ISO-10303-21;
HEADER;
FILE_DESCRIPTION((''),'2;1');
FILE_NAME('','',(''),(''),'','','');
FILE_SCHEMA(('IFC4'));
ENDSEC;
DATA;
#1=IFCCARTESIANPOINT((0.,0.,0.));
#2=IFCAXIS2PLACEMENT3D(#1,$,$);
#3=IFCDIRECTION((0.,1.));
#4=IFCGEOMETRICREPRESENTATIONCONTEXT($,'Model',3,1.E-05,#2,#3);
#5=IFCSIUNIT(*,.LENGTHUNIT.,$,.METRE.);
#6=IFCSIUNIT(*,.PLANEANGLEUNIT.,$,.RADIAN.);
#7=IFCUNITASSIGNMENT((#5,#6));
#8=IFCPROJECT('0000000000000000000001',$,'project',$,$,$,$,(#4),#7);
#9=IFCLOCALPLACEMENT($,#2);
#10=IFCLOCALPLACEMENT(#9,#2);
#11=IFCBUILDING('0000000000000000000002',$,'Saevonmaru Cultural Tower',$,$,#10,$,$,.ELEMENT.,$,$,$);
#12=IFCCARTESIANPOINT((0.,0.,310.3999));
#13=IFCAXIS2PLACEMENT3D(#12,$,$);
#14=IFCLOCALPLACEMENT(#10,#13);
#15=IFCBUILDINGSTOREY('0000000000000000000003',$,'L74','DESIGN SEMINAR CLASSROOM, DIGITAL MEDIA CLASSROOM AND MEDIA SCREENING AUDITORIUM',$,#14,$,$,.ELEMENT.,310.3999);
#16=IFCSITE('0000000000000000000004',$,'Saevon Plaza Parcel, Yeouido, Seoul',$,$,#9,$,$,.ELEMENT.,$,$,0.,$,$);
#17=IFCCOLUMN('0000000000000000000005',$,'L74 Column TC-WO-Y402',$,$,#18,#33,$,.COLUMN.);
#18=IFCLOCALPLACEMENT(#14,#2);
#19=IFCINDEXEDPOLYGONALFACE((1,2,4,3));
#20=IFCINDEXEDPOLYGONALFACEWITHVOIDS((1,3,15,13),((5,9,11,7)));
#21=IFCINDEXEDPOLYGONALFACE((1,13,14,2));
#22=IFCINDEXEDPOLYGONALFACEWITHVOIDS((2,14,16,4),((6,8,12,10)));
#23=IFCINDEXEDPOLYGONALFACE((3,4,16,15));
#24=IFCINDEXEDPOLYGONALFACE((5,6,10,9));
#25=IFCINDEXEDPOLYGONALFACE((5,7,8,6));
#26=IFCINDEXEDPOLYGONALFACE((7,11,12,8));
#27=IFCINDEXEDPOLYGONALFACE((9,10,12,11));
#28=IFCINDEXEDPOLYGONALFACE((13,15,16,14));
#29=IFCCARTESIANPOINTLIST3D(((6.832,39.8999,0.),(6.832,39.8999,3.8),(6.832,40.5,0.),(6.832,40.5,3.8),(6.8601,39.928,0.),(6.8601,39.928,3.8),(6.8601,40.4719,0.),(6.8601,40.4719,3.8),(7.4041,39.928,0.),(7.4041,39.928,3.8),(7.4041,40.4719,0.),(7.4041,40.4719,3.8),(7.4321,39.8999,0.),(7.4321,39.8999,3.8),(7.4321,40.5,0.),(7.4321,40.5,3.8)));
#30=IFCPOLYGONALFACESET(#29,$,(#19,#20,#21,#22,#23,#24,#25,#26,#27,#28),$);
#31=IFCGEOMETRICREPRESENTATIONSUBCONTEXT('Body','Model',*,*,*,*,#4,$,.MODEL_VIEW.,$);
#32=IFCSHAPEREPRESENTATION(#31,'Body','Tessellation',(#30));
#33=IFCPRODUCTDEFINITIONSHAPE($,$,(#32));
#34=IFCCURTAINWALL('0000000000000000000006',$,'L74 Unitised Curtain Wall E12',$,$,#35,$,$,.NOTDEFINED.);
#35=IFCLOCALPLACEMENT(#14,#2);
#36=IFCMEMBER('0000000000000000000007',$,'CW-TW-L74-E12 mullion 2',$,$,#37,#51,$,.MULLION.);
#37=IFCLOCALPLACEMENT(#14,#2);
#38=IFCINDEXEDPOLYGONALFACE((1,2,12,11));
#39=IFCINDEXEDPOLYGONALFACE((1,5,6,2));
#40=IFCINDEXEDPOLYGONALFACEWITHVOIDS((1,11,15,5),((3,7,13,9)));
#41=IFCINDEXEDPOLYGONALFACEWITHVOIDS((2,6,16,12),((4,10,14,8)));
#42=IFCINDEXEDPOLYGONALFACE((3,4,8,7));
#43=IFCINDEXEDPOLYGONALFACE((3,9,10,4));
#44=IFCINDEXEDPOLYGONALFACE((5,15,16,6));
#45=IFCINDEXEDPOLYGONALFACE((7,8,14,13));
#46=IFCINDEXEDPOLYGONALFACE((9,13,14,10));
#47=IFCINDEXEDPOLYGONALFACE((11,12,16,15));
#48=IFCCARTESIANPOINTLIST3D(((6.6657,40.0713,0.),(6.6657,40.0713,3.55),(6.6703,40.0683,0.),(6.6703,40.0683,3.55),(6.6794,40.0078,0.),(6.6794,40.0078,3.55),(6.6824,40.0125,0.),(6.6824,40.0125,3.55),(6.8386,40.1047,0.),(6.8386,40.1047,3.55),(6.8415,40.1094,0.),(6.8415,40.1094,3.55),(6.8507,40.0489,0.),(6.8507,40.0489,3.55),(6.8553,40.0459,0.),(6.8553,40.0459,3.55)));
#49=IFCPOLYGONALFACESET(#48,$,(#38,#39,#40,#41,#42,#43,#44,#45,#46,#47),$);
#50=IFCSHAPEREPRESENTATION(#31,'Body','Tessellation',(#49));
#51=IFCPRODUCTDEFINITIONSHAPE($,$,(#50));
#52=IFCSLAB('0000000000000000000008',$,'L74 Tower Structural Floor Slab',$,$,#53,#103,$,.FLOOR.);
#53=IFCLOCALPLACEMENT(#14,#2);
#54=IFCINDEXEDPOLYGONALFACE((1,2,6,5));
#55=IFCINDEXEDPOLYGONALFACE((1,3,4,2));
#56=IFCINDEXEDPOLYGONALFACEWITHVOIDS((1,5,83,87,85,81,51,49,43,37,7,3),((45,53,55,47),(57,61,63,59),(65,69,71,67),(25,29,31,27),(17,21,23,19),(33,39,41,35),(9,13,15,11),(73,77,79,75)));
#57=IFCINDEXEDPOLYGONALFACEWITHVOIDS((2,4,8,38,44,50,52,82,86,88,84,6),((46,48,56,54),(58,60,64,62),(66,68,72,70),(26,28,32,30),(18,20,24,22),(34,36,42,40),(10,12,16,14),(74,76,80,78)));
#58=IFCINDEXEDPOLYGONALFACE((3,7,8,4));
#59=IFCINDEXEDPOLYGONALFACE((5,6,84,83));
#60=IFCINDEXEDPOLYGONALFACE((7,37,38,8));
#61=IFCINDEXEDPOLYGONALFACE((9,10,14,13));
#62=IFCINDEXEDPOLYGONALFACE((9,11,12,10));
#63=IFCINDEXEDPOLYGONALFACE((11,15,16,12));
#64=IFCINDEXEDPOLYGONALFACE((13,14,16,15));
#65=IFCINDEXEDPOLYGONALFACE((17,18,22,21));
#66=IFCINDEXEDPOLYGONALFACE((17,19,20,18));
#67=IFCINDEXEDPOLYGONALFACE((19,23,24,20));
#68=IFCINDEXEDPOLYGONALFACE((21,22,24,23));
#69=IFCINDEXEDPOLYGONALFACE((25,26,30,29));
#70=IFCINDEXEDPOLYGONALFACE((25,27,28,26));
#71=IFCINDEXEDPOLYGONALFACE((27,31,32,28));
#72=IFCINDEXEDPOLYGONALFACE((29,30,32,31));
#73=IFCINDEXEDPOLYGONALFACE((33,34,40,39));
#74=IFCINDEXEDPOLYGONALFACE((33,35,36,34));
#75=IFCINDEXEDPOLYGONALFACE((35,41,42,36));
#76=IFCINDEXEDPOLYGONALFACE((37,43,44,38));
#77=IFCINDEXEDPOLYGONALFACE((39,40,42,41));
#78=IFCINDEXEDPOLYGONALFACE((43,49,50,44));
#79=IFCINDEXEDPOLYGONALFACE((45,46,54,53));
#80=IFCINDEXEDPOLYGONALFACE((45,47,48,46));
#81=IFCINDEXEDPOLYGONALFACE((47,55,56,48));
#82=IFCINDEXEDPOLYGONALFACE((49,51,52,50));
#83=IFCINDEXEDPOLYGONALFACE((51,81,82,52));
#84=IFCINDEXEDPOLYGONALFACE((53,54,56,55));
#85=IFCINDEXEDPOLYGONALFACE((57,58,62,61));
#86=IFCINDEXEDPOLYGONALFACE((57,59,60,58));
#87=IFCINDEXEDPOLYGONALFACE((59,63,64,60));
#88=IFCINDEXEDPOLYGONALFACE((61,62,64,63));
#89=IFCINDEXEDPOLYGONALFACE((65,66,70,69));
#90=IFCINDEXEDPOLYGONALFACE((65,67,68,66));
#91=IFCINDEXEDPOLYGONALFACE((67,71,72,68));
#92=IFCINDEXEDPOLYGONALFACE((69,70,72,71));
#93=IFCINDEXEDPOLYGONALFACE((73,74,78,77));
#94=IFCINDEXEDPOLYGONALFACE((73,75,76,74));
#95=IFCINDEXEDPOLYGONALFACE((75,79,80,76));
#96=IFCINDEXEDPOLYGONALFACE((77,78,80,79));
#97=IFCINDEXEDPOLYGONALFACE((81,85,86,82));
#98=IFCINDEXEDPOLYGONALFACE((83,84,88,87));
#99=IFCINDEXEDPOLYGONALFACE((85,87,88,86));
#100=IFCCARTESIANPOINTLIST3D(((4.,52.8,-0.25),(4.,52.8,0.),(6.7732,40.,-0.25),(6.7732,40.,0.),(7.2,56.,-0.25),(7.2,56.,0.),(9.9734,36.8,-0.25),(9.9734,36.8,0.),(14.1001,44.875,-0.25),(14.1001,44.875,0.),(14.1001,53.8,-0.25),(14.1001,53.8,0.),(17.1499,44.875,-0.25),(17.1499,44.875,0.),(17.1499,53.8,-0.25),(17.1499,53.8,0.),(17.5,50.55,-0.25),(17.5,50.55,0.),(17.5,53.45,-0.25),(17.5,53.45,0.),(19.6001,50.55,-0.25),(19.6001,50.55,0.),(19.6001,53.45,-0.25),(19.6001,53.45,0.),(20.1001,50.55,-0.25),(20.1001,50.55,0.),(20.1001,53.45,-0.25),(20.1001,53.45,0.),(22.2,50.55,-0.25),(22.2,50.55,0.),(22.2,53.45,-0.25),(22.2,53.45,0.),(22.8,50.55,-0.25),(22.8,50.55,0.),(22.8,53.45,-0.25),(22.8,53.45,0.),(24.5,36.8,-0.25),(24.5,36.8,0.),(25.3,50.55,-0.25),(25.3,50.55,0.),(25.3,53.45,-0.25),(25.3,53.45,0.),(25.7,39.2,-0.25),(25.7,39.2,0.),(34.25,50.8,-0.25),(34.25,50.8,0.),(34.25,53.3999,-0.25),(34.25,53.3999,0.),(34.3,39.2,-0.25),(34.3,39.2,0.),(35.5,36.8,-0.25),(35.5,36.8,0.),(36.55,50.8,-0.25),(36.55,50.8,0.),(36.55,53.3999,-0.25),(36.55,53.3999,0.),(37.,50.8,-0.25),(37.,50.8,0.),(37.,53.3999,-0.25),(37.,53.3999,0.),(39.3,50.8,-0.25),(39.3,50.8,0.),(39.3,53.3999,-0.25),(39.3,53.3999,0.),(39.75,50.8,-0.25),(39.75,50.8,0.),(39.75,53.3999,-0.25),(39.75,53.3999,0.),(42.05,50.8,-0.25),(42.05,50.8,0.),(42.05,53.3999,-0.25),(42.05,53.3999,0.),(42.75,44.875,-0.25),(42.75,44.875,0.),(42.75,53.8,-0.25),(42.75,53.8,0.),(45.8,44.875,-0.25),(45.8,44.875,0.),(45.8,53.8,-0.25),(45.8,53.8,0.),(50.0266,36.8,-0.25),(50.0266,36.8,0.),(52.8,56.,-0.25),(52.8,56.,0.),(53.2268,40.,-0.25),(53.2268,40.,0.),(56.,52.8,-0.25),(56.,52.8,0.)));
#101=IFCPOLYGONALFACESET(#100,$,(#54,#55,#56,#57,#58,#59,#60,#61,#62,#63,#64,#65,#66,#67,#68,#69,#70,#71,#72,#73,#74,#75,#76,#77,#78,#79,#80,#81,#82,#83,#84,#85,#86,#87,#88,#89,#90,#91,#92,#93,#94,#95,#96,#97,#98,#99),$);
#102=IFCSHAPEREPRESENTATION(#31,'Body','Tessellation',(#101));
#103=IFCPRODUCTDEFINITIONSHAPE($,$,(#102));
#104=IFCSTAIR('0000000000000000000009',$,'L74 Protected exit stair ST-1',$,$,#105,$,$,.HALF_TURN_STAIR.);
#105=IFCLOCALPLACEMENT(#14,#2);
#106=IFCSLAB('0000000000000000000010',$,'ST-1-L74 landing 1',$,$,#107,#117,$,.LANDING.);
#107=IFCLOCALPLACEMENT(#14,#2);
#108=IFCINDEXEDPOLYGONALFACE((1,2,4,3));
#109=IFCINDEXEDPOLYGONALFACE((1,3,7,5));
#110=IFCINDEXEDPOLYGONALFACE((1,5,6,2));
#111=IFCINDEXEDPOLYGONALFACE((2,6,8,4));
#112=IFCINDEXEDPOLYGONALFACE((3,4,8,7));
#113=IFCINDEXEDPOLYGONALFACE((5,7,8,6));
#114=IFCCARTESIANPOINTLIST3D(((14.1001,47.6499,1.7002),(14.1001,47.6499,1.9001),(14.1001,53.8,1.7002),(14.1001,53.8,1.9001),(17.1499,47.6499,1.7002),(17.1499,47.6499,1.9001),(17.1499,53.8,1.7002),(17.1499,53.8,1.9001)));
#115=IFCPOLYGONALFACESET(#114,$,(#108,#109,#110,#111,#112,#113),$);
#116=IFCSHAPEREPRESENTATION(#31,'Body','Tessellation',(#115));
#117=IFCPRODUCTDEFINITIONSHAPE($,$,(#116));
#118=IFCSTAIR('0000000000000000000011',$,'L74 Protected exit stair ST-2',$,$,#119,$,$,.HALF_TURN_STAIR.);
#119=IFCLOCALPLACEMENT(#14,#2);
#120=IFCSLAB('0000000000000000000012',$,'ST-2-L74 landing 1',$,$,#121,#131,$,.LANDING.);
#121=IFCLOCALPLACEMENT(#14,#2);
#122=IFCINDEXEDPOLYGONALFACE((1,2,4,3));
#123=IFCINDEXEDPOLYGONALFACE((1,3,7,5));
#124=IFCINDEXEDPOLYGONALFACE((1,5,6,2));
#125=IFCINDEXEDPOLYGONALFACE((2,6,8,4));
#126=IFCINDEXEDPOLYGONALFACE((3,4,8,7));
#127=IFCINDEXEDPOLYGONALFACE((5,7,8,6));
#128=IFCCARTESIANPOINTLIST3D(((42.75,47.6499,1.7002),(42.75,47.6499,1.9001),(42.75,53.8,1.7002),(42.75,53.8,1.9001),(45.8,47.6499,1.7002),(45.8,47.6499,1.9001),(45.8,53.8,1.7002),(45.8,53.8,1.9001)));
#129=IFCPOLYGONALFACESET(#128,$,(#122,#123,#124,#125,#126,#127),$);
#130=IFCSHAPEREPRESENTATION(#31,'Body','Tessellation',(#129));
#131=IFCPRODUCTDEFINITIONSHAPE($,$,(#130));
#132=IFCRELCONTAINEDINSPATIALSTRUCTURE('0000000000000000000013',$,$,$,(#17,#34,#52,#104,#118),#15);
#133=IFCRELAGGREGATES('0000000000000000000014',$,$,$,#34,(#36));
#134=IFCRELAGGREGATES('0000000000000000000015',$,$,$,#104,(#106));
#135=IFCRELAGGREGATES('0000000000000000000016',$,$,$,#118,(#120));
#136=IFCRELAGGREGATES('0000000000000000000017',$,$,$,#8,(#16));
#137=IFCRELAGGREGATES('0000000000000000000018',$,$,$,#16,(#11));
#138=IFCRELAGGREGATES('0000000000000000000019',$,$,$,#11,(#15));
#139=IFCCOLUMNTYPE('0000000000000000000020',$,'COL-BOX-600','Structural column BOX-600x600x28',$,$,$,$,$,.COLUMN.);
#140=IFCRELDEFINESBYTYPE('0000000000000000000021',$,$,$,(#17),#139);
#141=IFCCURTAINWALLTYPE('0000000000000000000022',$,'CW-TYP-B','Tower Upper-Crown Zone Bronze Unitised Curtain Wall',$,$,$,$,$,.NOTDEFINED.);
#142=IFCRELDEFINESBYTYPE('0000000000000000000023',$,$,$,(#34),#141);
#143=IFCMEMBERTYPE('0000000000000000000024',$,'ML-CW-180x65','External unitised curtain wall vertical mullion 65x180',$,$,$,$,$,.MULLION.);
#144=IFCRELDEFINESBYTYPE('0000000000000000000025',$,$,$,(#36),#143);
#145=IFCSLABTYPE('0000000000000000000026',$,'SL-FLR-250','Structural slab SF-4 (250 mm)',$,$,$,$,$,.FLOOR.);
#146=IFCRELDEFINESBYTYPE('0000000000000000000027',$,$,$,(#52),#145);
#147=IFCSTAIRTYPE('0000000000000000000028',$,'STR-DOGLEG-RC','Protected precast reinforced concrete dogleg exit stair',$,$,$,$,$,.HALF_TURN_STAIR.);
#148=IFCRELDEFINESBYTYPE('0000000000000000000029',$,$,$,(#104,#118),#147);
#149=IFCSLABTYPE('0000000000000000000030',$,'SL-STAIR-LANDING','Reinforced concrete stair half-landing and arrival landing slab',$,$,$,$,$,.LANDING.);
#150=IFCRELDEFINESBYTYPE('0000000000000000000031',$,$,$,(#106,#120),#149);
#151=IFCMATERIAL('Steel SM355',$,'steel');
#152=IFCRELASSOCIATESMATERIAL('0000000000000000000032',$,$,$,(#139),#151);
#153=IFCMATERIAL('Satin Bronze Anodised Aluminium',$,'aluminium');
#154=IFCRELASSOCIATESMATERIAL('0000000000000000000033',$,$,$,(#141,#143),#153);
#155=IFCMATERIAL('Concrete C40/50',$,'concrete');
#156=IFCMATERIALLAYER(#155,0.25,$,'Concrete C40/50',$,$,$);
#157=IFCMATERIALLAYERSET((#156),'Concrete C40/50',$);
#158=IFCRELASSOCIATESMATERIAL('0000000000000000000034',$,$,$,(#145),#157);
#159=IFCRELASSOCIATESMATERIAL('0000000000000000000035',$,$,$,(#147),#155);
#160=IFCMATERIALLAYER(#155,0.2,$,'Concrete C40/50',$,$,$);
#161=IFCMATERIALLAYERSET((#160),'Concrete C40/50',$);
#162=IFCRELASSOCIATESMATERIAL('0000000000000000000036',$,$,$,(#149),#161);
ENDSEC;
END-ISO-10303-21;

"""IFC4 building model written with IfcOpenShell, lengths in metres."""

from ifc_helpers import new_model, si_unit, direction, frame, origin, origin_2d, place, context, subcontext, project, spatial, polyline, hollow_rectangle, outline, extrude, material, layer, layer_set, material_profile, profile_set, type_object, element, aggregate, save


model = new_model("IFC4")

# Units and contexts
model_context = context("Model", 3, precision=1e-05, world=origin(), true_north=direction((0.0, 1.0)))
body_context = subcontext(model_context, "Body", "Model", "MODEL_VIEW")
ifc_project = project(units=[si_unit("LENGTHUNIT", "METRE"), si_unit("PLANEANGLEUNIT", "RADIAN")], contexts=[model_context])

# Site, building, storey
site_placement = place(None, origin())
site = spatial("IfcSite", under=ifc_project, at=site_placement, Name="Saevon Plaza Parcel, Yeouido, Seoul", CompositionType="ELEMENT", RefElevation=0.0)
building_placement = place(site_placement, origin())
building = spatial("IfcBuilding", under=site, at=building_placement, Name="Saevonmaru Cultural Tower", CompositionType="ELEMENT")
storey_placement = place(building_placement, frame((0.0, 0.0, 310.3999)))
storey = spatial("IfcBuildingStorey", under=building, at=storey_placement, Name="L74", Description="DESIGN SEMINAR CLASSROOM, DIGITAL MEDIA CLASSROOM AND MEDIA SCREENING AUDITORIUM", CompositionType="ELEMENT", Elevation=310.3999)

# Column
ifc_material_1 = material(Name="Steel SM355", Category="steel")
ifc_material_profile_1 = material_profile(ifc_material_1, hollow_rectangle(XDim=0.6001, YDim=0.6001, WallThickness=0.0281, at=origin_2d()), Name="BOX-600x600x28")
ifc_profile_set_1 = profile_set([ifc_material_profile_1], Name="Steel SM355")
column_type = type_object("IfcColumnType", Name="COL-BOX-600", Description="Structural column BOX-600x600x28", PredefinedType="COLUMN", material=ifc_profile_set_1)
column_placement = place(storey_placement, frame((7.1321, 40.2, 0.0), z_axis=(0.0, 0.0, 1.0), x_axis=(1.0, 0.0, 0.0)))
element("IfcColumn", 1, at=column_placement, inside=storey, type_object=column_type, Name="L74 Column TC-WO-Y402", PredefinedType="COLUMN", context=body_context, shape_type="SweptSolid", body=[
    extrude(hollow_rectangle(XDim=0.6001, YDim=0.6001, WallThickness=0.0281, at=origin_2d()), origin(), (0.0, 0.0, 1.0), 3.8),
])

# Curtain wall, member
ifc_material_2 = material(Name="Satin Bronze Anodised Aluminium", Category="aluminium")
curtain_wall_type = type_object("IfcCurtainWallType", Name="CW-TYP-B", Description="Tower Upper-Crown Zone Bronze Unitised Curtain Wall", PredefinedType="NOTDEFINED", material=ifc_material_2)
curtain_wall_placement = place(storey_placement, origin())
curtain_wall = element("IfcCurtainWall", 2, at=curtain_wall_placement, inside=storey, type_object=curtain_wall_type, Name="L74 Unitised Curtain Wall E12", PredefinedType="NOTDEFINED")
ifc_material_profile_2 = material_profile(ifc_material_2, hollow_rectangle(XDim=0.0649, YDim=0.1799, WallThickness=0.0039, at=origin_2d()), Name="ALU-MULL-180x65x4")
ifc_profile_set_2 = profile_set([ifc_material_profile_2], Name="Satin Bronze Anodised Aluminium")
member_type = type_object("IfcMemberType", Name="ML-CW-180x65", Description="External unitised curtain wall vertical mullion 65x180", PredefinedType="MULLION", material=ifc_profile_set_2)
member_placement = place(storey_placement, frame((6.7605, 40.0586, 0.0), z_axis=(0.0, 0.0, 1.0), x_axis=(0.21175, -0.977324, 0.0)))
member = element("IfcMember", 3, at=member_placement, type_object=member_type, Name="CW-TW-L74-E12 mullion 2", PredefinedType="MULLION", context=body_context, shape_type="SweptSolid", body=[
    extrude(hollow_rectangle(XDim=0.0649, YDim=0.1799, WallThickness=0.0039, at=origin_2d()), origin(), (0.0, 0.0, 1.0), 3.55),
])
aggregate(curtain_wall, [member])

# Slab
ifc_material_3 = material(Name="Concrete C40/50", Category="concrete")
ifc_layer_1 = layer(ifc_material_3, 0.25, Name="Concrete C40/50")
ifc_layer_set_1 = layer_set([ifc_layer_1], Name="Concrete C40/50")
slab_type_1 = type_object("IfcSlabType", Name="SL-FLR-250", Description="Structural slab SF-4 (250 mm)", PredefinedType="FLOOR", material=ifc_layer_set_1)
slab_1_placement = place(storey_placement, frame((0.0, 0.0, -0.25)))
element("IfcSlab", 4, at=slab_1_placement, inside=storey, type_object=slab_type_1, Name="L74 Tower Structural Floor Slab", PredefinedType="FLOOR", context=body_context, shape_type="SweptSolid", body=[
    extrude(outline(polyline([(6.7732, 40.0), (9.9734, 36.8), (24.5, 36.8), (25.7, 39.2), (34.3, 39.2), (35.5, 36.8), (50.0266, 36.8), (53.2268, 40.0), (56.0, 52.8), (52.8, 56.0), (7.2, 56.0), (4.0, 52.8), (6.7732, 40.0)]), holes=[polyline([(45.8, 53.8), (45.8, 44.875), (42.75, 44.875), (42.75, 53.8), (45.8, 53.8)]), polyline([(42.05, 50.8), (39.75, 50.8), (39.75, 53.3999), (42.05, 53.3999), (42.05, 50.8)]), polyline([(39.3, 50.8), (37.0, 50.8), (37.0, 53.3999), (39.3, 53.3999), (39.3, 50.8)]), polyline([(36.55, 50.8), (34.25, 50.8), (34.25, 53.3999), (36.55, 53.3999), (36.55, 50.8)]), polyline([(25.3, 50.55), (22.8, 50.55), (22.8, 53.45), (25.3, 53.45), (25.3, 50.55)]), polyline([(22.2, 50.55), (20.1001, 50.55), (20.1001, 53.45), (22.2, 53.45), (22.2, 50.55)]), polyline([(19.6001, 50.55), (17.5, 50.55), (17.5, 53.45), (19.6001, 53.45), (19.6001, 50.55)]), polyline([(17.1499, 53.8), (17.1499, 44.875), (14.1001, 44.875), (14.1001, 53.8), (17.1499, 53.8)])]), origin(), (0.0, 0.0, 1.0), 0.25),
])

# Stairs, slabs
stair_type = type_object("IfcStairType", Name="STR-DOGLEG-RC", Description="Protected precast reinforced concrete dogleg exit stair", PredefinedType="HALF_TURN_STAIR", material=ifc_material_3)
stair_1_placement = place(storey_placement, origin())
stair_1 = element("IfcStair", 5, at=stair_1_placement, inside=storey, type_object=stair_type, Name="L74 Protected exit stair ST-1", PredefinedType="HALF_TURN_STAIR")
ifc_layer_2 = layer(ifc_material_3, 0.2, Name="Concrete C40/50")
ifc_layer_set_2 = layer_set([ifc_layer_2], Name="Concrete C40/50")
slab_type_2 = type_object("IfcSlabType", Name="SL-STAIR-LANDING", Description="Reinforced concrete stair half-landing and arrival landing slab", PredefinedType="LANDING", material=ifc_layer_set_2)
slab_2_placement = place(storey_placement, frame((0.0, 0.0, 1.7002)))
slab_2 = element("IfcSlab", 6, at=slab_2_placement, type_object=slab_type_2, Name="ST-1-L74 landing 1", PredefinedType="LANDING", context=body_context, shape_type="SweptSolid", body=[
    extrude(outline(polyline([(17.1499, 47.6499), (17.1499, 53.8), (14.1001, 53.8), (14.1001, 47.6499), (17.1499, 47.6499)])), origin(), (0.0, 0.0, 1.0), 0.2),
])
aggregate(stair_1, [slab_2])
stair_2_placement = place(storey_placement, origin())
stair_2 = element("IfcStair", 7, at=stair_2_placement, inside=storey, type_object=stair_type, Name="L74 Protected exit stair ST-2", PredefinedType="HALF_TURN_STAIR")
slab_3_placement = place(storey_placement, frame((0.0, 0.0, 1.7002)))
slab_3 = element("IfcSlab", 8, at=slab_3_placement, type_object=slab_type_2, Name="ST-2-L74 landing 1", PredefinedType="LANDING", context=body_context, shape_type="SweptSolid", body=[
    extrude(outline(polyline([(45.8, 47.6499), (45.8, 53.8), (42.75, 53.8), (42.75, 47.6499), (45.8, 47.6499)])), origin(), (0.0, 0.0, 1.0), 0.2),
])
aggregate(stair_2, [slab_3])

save(model, "model.ifc")
